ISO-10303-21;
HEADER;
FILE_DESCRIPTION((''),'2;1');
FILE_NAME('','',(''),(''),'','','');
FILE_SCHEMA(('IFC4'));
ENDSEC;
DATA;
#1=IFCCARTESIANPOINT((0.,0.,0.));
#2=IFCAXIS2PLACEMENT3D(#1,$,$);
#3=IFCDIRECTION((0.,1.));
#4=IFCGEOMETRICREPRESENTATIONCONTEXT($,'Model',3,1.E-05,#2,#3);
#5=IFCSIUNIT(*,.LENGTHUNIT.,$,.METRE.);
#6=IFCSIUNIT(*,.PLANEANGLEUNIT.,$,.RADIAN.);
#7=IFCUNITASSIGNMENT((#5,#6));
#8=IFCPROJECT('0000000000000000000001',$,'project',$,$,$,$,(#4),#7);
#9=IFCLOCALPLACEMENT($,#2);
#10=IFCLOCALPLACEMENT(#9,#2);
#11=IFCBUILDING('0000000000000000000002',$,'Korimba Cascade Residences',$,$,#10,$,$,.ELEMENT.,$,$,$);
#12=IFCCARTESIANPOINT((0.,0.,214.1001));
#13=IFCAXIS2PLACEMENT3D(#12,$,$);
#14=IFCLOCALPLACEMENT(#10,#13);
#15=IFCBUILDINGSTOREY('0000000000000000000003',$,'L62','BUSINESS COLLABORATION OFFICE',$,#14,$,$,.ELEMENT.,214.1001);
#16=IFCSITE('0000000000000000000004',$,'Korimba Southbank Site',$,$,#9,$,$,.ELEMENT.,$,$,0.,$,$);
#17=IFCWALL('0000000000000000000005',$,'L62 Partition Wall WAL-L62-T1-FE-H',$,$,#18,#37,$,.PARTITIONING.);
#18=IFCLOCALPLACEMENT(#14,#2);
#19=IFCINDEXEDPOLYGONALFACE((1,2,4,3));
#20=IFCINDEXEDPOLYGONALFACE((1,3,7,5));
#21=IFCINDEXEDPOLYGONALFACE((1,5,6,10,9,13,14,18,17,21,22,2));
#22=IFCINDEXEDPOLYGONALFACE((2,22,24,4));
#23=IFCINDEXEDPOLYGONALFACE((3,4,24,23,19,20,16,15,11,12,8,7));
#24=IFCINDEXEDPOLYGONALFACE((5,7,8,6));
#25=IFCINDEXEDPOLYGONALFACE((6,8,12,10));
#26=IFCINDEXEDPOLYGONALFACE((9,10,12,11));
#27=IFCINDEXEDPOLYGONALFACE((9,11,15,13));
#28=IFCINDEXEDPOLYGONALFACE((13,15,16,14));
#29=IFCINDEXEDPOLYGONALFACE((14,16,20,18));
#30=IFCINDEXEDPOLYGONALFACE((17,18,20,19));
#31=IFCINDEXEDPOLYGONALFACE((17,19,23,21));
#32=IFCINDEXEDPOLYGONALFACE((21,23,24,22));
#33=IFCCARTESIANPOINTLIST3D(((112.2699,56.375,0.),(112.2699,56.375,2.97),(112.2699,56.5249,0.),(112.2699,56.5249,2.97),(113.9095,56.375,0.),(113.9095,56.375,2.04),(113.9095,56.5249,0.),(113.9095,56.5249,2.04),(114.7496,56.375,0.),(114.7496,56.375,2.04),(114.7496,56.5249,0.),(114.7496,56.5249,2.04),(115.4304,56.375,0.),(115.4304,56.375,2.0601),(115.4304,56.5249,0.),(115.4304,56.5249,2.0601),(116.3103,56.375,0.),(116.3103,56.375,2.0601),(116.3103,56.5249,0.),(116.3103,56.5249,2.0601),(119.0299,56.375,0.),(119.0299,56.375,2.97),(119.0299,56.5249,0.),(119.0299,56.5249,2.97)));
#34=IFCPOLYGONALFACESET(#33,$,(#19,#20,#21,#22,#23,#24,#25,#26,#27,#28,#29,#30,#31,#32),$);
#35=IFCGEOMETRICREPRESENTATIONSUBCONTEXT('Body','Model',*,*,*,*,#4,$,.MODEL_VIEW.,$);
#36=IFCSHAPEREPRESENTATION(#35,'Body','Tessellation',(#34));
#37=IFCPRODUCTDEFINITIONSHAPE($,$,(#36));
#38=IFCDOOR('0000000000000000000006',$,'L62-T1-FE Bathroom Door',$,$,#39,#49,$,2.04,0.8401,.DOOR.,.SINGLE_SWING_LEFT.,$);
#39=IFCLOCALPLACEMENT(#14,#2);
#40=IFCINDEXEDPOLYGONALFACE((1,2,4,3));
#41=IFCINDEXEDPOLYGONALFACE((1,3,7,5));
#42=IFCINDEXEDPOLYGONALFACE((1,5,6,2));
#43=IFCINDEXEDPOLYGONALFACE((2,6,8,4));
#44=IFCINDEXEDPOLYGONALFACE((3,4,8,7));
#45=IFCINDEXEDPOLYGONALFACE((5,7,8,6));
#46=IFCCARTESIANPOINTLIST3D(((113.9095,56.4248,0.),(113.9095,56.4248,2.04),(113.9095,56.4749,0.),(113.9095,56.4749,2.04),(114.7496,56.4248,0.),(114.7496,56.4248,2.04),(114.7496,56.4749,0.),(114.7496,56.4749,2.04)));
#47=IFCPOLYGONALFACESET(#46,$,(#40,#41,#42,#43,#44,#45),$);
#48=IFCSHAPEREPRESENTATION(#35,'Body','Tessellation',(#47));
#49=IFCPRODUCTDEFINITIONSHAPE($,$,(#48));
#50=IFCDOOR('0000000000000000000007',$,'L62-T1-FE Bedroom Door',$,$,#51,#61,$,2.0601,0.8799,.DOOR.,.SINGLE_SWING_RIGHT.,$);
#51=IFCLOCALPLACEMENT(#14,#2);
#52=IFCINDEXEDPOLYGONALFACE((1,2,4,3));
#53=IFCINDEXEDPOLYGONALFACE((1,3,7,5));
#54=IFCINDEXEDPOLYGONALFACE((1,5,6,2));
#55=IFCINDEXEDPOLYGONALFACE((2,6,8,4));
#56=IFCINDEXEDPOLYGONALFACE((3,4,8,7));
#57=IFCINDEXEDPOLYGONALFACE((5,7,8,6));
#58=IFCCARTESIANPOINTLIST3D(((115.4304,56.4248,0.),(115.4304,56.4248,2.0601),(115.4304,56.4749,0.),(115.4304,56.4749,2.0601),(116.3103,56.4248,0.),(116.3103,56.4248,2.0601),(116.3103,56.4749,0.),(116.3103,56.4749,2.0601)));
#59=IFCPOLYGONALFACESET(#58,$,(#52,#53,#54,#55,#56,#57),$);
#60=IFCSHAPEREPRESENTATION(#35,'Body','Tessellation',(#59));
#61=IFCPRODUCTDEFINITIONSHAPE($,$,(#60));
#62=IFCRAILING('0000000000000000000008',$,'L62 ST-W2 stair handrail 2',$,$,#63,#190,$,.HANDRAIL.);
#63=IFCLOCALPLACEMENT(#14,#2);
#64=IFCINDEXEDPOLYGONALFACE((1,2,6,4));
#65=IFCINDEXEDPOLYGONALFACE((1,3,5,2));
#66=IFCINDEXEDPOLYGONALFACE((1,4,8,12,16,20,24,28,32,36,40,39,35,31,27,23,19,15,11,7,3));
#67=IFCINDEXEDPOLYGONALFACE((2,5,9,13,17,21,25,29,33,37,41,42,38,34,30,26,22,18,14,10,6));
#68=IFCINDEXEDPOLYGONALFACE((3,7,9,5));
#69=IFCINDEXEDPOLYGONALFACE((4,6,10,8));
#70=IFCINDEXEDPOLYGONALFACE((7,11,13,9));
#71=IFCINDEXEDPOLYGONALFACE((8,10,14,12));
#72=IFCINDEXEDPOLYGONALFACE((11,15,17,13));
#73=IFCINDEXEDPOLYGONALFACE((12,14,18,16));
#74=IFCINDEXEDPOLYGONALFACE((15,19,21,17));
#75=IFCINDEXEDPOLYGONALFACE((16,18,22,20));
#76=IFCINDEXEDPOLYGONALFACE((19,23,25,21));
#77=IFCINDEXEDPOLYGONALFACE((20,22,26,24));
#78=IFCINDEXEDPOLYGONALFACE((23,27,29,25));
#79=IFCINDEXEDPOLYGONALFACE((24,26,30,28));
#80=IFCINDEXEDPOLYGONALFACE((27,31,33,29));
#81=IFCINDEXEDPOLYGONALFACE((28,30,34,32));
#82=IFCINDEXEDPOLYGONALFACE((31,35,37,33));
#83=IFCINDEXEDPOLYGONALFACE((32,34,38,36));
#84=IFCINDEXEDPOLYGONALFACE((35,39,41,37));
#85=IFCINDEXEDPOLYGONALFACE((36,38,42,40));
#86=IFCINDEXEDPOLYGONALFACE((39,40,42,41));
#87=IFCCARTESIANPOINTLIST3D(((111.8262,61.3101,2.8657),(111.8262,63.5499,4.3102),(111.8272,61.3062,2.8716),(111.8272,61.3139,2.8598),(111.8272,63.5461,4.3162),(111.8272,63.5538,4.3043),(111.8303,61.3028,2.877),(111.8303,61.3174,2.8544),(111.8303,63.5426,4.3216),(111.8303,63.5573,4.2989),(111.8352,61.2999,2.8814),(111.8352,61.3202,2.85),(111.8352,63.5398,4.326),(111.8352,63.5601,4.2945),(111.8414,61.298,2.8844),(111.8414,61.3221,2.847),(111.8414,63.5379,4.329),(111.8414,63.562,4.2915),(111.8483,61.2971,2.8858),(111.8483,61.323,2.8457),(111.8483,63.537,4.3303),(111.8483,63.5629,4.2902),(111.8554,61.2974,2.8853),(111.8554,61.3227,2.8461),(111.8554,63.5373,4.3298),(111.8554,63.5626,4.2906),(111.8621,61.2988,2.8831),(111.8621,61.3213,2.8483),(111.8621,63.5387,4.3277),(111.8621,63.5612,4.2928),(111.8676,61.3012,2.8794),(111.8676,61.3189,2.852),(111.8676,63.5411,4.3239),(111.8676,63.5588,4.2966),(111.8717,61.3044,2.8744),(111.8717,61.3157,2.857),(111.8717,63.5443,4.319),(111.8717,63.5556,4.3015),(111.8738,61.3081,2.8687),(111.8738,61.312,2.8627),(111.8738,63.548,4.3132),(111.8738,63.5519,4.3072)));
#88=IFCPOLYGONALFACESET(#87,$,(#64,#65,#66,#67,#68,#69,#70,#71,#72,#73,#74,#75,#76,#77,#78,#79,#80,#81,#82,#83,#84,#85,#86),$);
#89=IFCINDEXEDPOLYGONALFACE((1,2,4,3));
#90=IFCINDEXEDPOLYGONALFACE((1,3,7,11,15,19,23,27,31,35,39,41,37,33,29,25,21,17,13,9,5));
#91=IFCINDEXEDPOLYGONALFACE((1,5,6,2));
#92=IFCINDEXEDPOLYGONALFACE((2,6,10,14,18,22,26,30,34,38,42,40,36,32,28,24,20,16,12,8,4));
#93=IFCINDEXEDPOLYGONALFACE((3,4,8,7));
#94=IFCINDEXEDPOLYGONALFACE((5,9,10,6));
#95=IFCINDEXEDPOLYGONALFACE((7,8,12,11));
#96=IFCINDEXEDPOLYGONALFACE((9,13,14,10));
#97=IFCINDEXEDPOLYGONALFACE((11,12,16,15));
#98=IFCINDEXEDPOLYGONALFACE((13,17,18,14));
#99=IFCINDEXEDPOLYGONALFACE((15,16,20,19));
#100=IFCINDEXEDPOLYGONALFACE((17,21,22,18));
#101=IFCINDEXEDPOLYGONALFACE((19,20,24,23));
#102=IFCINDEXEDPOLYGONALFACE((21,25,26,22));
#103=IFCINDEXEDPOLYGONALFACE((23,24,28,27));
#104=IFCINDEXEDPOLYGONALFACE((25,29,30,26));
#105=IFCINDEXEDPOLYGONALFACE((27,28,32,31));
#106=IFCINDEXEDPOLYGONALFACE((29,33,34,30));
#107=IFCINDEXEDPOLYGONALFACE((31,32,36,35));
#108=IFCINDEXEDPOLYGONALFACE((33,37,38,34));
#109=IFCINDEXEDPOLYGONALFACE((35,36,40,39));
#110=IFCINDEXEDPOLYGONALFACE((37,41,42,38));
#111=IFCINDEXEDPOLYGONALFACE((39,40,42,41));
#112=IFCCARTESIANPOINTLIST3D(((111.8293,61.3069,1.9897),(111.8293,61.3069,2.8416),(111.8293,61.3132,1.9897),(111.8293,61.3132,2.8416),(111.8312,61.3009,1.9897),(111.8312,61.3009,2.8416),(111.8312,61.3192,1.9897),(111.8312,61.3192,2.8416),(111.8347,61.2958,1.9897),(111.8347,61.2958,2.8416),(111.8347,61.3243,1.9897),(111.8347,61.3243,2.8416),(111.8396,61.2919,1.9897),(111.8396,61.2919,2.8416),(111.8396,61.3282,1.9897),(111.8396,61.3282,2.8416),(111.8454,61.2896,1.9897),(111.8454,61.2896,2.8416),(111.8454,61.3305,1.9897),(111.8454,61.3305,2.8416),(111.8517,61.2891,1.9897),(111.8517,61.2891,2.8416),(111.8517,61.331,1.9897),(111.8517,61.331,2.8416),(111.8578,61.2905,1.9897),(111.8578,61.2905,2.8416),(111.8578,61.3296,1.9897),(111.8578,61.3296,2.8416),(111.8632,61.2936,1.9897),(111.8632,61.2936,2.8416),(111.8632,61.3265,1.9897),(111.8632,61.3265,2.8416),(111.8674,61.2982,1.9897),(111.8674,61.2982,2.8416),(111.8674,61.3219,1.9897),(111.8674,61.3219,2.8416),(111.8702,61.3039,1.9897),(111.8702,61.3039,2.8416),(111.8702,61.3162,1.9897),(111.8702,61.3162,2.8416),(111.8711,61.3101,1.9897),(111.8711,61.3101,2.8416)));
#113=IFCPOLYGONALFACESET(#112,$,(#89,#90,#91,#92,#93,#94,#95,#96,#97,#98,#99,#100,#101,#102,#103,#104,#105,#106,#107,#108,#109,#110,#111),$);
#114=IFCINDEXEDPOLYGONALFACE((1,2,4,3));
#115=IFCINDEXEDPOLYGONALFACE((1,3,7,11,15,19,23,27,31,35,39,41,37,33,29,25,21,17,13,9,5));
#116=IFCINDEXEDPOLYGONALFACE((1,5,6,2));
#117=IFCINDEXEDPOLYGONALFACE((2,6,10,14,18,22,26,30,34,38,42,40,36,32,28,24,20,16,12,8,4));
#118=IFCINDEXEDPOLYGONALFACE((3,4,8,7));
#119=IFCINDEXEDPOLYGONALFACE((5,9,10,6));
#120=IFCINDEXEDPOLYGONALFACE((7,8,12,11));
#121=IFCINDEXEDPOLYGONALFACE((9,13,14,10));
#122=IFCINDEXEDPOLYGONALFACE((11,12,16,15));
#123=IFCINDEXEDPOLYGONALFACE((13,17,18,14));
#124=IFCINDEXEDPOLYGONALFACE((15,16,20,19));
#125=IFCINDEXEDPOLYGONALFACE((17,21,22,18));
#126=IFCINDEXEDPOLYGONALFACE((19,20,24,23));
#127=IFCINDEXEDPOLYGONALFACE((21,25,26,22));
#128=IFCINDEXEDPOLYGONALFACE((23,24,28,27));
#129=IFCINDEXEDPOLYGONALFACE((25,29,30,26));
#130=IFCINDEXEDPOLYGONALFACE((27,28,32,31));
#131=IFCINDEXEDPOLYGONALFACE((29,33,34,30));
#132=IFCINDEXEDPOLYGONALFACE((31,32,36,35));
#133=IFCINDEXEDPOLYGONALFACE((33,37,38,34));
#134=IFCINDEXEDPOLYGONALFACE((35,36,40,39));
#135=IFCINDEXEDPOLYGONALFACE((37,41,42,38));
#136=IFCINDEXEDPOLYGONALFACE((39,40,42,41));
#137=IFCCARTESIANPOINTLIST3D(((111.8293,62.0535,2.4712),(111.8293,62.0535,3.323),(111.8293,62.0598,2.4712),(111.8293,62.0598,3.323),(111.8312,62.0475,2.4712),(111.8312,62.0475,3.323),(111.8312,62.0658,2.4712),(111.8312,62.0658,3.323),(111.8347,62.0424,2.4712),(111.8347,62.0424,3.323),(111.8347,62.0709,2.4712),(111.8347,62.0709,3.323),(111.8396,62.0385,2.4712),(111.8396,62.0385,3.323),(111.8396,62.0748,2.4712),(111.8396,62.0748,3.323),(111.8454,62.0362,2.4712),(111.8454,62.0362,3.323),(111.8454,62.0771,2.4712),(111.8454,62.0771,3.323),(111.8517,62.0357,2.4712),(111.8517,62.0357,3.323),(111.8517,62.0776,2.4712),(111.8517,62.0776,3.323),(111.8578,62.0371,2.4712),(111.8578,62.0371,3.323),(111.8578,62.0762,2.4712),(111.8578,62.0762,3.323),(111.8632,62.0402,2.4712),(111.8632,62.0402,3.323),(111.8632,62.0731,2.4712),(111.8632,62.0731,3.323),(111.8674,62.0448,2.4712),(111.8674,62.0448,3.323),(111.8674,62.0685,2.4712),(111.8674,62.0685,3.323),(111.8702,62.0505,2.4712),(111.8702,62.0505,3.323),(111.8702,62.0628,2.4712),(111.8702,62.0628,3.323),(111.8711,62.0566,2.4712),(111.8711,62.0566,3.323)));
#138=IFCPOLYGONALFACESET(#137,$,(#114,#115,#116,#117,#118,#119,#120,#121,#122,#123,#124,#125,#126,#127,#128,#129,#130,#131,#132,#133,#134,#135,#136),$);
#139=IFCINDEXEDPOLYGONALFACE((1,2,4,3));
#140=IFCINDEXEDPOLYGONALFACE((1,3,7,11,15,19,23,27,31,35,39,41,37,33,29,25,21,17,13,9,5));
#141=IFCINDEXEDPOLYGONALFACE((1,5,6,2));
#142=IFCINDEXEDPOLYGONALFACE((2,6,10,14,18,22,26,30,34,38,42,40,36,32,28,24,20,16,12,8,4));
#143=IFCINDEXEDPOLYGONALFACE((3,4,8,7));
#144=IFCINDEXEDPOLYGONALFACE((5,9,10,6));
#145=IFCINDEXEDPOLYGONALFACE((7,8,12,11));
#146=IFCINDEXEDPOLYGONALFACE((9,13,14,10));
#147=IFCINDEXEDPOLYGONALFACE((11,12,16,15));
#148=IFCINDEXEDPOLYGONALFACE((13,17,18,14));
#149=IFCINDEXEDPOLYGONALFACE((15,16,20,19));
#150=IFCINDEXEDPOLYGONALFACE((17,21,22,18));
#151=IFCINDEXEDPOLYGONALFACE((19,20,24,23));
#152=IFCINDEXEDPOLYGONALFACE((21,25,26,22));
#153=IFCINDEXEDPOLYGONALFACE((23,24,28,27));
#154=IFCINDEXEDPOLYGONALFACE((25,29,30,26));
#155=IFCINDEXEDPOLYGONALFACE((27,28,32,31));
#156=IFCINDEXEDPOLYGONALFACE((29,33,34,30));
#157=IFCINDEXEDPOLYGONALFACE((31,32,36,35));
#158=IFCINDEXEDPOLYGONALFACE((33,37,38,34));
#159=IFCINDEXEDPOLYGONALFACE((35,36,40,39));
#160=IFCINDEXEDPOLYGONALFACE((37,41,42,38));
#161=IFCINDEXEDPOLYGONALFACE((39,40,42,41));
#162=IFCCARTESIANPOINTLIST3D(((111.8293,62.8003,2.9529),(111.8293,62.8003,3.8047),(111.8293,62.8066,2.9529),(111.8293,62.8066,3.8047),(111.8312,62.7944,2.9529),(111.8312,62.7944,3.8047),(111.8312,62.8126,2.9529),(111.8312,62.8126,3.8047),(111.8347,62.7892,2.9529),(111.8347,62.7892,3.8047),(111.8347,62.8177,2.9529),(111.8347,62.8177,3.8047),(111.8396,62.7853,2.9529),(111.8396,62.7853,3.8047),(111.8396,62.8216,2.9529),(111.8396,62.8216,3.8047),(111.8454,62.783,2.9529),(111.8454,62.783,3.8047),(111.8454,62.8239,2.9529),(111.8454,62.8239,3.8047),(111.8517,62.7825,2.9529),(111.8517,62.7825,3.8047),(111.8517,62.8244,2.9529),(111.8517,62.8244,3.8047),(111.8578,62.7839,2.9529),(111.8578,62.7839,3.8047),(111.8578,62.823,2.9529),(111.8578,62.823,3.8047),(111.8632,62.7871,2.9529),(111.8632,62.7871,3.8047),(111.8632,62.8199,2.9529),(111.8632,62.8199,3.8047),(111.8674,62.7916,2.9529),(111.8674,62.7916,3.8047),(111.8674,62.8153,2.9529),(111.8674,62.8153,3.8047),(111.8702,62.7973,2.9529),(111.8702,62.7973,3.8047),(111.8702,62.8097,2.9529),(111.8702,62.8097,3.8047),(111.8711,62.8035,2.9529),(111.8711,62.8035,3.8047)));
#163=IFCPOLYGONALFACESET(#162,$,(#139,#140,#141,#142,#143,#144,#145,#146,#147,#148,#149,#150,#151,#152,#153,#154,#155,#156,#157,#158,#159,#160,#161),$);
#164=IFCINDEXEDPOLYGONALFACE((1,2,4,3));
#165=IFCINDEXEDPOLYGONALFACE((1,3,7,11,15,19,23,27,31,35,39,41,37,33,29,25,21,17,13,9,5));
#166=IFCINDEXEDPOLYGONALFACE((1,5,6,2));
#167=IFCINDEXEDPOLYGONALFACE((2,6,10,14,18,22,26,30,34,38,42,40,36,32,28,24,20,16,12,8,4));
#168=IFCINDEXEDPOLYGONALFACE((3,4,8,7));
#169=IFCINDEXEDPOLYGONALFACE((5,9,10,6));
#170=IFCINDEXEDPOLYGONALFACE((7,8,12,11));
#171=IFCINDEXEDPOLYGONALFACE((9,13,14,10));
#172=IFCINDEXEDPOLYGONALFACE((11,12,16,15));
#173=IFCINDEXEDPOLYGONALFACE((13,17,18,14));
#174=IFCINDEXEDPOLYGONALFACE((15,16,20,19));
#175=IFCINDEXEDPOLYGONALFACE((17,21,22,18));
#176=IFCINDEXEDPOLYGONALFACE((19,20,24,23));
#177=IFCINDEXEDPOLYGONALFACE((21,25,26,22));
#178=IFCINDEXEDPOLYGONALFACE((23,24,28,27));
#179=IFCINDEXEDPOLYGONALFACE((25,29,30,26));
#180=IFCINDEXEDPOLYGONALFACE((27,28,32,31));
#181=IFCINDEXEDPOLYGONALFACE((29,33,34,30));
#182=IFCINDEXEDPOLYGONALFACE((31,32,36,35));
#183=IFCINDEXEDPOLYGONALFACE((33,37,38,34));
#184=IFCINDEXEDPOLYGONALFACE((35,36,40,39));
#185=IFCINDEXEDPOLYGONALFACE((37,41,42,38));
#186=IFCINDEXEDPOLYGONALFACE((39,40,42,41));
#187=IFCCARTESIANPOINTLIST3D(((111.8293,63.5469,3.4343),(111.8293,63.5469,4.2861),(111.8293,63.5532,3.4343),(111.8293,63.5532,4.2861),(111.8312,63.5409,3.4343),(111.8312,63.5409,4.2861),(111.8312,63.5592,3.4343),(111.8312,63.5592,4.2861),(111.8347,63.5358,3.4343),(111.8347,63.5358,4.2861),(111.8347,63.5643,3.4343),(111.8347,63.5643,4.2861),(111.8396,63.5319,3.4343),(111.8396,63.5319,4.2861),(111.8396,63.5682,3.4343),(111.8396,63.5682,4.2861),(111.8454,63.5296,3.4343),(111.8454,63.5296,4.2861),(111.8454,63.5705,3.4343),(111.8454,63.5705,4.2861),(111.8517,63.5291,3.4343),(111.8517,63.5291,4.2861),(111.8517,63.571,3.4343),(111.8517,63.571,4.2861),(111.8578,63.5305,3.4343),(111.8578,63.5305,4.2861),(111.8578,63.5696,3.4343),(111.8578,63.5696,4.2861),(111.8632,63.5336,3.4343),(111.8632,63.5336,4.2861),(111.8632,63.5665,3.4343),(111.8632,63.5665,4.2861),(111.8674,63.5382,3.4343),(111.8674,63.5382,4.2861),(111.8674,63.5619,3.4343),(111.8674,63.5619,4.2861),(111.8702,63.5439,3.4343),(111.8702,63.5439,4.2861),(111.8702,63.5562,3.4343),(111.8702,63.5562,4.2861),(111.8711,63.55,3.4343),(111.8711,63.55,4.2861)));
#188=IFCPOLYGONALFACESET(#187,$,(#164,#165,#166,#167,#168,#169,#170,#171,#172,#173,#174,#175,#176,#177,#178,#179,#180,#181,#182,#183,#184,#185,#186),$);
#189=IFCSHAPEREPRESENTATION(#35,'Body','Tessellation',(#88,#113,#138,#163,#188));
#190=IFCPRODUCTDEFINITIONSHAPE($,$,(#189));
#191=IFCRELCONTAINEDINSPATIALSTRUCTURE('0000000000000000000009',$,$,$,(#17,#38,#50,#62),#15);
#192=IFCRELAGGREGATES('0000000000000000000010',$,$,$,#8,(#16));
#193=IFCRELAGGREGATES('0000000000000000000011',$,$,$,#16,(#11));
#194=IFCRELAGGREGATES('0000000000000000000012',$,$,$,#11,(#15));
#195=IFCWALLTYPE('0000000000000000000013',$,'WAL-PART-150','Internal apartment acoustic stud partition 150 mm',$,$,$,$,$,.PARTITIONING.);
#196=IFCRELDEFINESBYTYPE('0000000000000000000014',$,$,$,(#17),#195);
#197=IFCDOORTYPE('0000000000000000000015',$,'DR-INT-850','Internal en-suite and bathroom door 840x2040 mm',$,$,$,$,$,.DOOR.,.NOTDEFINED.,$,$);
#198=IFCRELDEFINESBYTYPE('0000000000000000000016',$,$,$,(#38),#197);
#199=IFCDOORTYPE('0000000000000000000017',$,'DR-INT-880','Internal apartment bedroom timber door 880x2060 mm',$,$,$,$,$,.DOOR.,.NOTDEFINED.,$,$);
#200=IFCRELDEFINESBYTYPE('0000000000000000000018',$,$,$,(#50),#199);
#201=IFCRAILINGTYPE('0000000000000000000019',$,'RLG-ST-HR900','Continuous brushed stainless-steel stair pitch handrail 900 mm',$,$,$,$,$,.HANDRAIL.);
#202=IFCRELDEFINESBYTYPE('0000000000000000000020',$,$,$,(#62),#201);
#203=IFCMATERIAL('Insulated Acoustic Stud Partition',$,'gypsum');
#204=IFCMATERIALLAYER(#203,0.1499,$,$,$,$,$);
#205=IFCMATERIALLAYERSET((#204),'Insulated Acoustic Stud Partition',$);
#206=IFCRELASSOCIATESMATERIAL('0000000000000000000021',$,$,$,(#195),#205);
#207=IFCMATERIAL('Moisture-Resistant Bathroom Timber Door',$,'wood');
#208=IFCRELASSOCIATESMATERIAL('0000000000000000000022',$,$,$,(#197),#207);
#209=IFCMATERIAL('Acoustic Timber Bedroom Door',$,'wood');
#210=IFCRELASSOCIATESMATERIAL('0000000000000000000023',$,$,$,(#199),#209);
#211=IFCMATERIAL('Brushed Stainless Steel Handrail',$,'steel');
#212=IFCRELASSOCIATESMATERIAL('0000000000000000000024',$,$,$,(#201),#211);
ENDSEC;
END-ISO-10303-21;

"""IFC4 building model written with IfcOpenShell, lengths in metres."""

from ifc_helpers import new_model, si_unit, direction, frame, frame_2d, origin, origin_2d, place, context, subcontext, project, spatial, rectangle, circle, extrude, material, layer, layer_set, type_object, element, fill, save


model = new_model("IFC4")

# Units and contexts
model_context = context("Model", 3, precision=1e-05, world=origin(), true_north=direction((0.0, 1.0)))
body_context = subcontext(model_context, "Body", "Model", "MODEL_VIEW")
ifc_project = project(units=[si_unit("LENGTHUNIT", "METRE"), si_unit("PLANEANGLEUNIT", "RADIAN")], contexts=[model_context])

# Site, building, storey
site_placement = place(None, origin())
site = spatial("IfcSite", under=ifc_project, at=site_placement, Name="Korimba Southbank Site", CompositionType="ELEMENT", RefElevation=0.0)
building_placement = place(site_placement, origin())
building = spatial("IfcBuilding", under=site, at=building_placement, Name="Korimba Cascade Residences", CompositionType="ELEMENT")
storey_placement = place(building_placement, frame((0.0, 0.0, 214.1001)))
storey = spatial("IfcBuildingStorey", under=building, at=storey_placement, Name="L62", Description="BUSINESS COLLABORATION OFFICE", CompositionType="ELEMENT", Elevation=214.1001)

# Shared definitions
ifc_material_1 = material(Name="Insulated Acoustic Stud Partition", Category="gypsum")
ifc_layer_1 = layer(ifc_material_1, 0.1499)
ifc_layer_set_1 = layer_set([ifc_layer_1], Name="Insulated Acoustic Stud Partition")
wall_type_1 = type_object("IfcWallType", Name="WAL-PART-150", Description="Internal apartment acoustic stud partition 150 mm", PredefinedType="PARTITIONING", material=ifc_layer_set_1)
ifc_material_2 = material(Name="Moisture-Resistant Bathroom Timber Door", Category="wood")
door_type_1 = type_object("IfcDoorType", Name="DR-INT-850", Description="Internal en-suite and bathroom door 840x2040 mm", OperationType="NOTDEFINED", PredefinedType="DOOR", material=ifc_material_2)
ifc_material_3 = material(Name="Acoustic Timber Bedroom Door", Category="wood")
door_type_2 = type_object("IfcDoorType", Name="DR-INT-880", Description="Internal apartment bedroom timber door 880x2060 mm", OperationType="NOTDEFINED", PredefinedType="DOOR", material=ifc_material_3)

# Wall, openings, doors
wall_1_placement = place(storey_placement, frame((112.27, 56.45, 0.0), z_axis=(0.0, 0.0, 1.0), x_axis=(1.0, 0.0, 0.0)))
wall_1 = element("IfcWall", 1, at=wall_1_placement, inside=storey, type_object=wall_type_1, Name="L62 Partition Wall WAL-L62-T1-FE-H", PredefinedType="PARTITIONING", context=body_context, shape_type="SweptSolid", body=[
    extrude(rectangle(XDim=6.76, YDim=0.1499, at=frame_2d((3.3799, 0.0))), origin(), (0.0, 0.0, 1.0), 2.97),
])
opening_1_placement = place(wall_1_placement, frame((1.6396, 0.0, 0.0)))
opening_1 = element("IfcOpeningElement", 2, at=opening_1_placement, cuts=wall_1, PredefinedType="OPENING", context=body_context, shape_type="SweptSolid", body=[
    extrude(rectangle(XDim=0.8401, YDim=2.04, at=frame_2d((0.4199, 1.02))), frame((0.0, 0.085, 0.0), z_axis=(0.0, -1.0, 0.0), x_axis=(1.0, 0.0, 0.0)), (0.0, 0.0, 1.0), 0.1699),
])
opening_2_placement = place(wall_1_placement, frame((3.1604, 0.0, 0.0)))
opening_2 = element("IfcOpeningElement", 3, at=opening_2_placement, cuts=wall_1, PredefinedType="OPENING", context=body_context, shape_type="SweptSolid", body=[
    extrude(rectangle(XDim=0.8799, YDim=2.0601, at=frame_2d((0.4399, 1.03))), frame((0.0, 0.085, 0.0), z_axis=(0.0, -1.0, 0.0), x_axis=(1.0, 0.0, 0.0)), (0.0, 0.0, 1.0), 0.1699),
])
door_1_placement = place(opening_1_placement, origin())
door_1 = element("IfcDoor", 4, at=door_1_placement, inside=storey, type_object=door_type_1, Name="L62-T1-FE Bathroom Door", OperationType="SINGLE_SWING_LEFT", OverallHeight=2.04, OverallWidth=0.8401, PredefinedType="DOOR", context=body_context, shape_type="SweptSolid", body=[
    extrude(rectangle(XDim=0.8401, YDim=2.04, at=frame_2d((0.4199, 1.02))), frame((0.0, 0.0249, 0.0), z_axis=(0.0, -1.0, 0.0), x_axis=(1.0, 0.0, 0.0)), (0.0, 0.0, 1.0), 0.05),
])
fill(opening_1, door_1)
door_2_placement = place(opening_2_placement, origin())
door_2 = element("IfcDoor", 5, at=door_2_placement, inside=storey, type_object=door_type_2, Name="L62-T1-FE Bedroom Door", OperationType="SINGLE_SWING_RIGHT", OverallHeight=2.0601, OverallWidth=0.8799, PredefinedType="DOOR", context=body_context, shape_type="SweptSolid", body=[
    extrude(rectangle(XDim=0.8799, YDim=2.0601, at=frame_2d((0.4399, 1.03))), frame((0.0, 0.0249, 0.0), z_axis=(0.0, -1.0, 0.0), x_axis=(1.0, 0.0, 0.0)), (0.0, 0.0, 1.0), 0.05),
])
fill(opening_2, door_2)

# Railing
ifc_material_4 = material(Name="Brushed Stainless Steel Handrail", Category="steel")
railing_type = type_object("IfcRailingType", Name="RLG-ST-HR900", Description="Continuous brushed stainless-steel stair pitch handrail 900 mm", PredefinedType="HANDRAIL", material=ifc_material_4)
railing_placement = place(storey_placement, frame((111.8501, 61.3101, 1.9897)))
element("IfcRailing", 6, at=railing_placement, inside=storey, type_object=railing_type, Name="L62 ST-W2 stair handrail 2", PredefinedType="HANDRAIL", context=body_context, shape_type="SweptSolid", body=[
    extrude(circle(Radius=0.0239, at=origin_2d()), frame((0.0, 0.0, 0.876), z_axis=(0.0, 0.840395, 0.541975), x_axis=(-1.0, 0.0, 0.0)), (0.0, 0.0, 1.0), 2.6653),
    extrude(circle(Radius=0.021, at=origin_2d()), origin(), (0.0, 0.0, 1.0), 0.8518),
    extrude(circle(Radius=0.021, at=origin_2d()), frame((0.0, 0.7466, 0.4814)), (0.0, 0.0, 1.0), 0.8518),
    extrude(circle(Radius=0.021, at=origin_2d()), frame((0.0, 1.4934, 0.9631)), (0.0, 0.0, 1.0), 0.8518),
    extrude(circle(Radius=0.021, at=origin_2d()), frame((0.0, 2.24, 1.4446)), (0.0, 0.0, 1.0), 0.8518),
])

save(model, "model.ifc")
